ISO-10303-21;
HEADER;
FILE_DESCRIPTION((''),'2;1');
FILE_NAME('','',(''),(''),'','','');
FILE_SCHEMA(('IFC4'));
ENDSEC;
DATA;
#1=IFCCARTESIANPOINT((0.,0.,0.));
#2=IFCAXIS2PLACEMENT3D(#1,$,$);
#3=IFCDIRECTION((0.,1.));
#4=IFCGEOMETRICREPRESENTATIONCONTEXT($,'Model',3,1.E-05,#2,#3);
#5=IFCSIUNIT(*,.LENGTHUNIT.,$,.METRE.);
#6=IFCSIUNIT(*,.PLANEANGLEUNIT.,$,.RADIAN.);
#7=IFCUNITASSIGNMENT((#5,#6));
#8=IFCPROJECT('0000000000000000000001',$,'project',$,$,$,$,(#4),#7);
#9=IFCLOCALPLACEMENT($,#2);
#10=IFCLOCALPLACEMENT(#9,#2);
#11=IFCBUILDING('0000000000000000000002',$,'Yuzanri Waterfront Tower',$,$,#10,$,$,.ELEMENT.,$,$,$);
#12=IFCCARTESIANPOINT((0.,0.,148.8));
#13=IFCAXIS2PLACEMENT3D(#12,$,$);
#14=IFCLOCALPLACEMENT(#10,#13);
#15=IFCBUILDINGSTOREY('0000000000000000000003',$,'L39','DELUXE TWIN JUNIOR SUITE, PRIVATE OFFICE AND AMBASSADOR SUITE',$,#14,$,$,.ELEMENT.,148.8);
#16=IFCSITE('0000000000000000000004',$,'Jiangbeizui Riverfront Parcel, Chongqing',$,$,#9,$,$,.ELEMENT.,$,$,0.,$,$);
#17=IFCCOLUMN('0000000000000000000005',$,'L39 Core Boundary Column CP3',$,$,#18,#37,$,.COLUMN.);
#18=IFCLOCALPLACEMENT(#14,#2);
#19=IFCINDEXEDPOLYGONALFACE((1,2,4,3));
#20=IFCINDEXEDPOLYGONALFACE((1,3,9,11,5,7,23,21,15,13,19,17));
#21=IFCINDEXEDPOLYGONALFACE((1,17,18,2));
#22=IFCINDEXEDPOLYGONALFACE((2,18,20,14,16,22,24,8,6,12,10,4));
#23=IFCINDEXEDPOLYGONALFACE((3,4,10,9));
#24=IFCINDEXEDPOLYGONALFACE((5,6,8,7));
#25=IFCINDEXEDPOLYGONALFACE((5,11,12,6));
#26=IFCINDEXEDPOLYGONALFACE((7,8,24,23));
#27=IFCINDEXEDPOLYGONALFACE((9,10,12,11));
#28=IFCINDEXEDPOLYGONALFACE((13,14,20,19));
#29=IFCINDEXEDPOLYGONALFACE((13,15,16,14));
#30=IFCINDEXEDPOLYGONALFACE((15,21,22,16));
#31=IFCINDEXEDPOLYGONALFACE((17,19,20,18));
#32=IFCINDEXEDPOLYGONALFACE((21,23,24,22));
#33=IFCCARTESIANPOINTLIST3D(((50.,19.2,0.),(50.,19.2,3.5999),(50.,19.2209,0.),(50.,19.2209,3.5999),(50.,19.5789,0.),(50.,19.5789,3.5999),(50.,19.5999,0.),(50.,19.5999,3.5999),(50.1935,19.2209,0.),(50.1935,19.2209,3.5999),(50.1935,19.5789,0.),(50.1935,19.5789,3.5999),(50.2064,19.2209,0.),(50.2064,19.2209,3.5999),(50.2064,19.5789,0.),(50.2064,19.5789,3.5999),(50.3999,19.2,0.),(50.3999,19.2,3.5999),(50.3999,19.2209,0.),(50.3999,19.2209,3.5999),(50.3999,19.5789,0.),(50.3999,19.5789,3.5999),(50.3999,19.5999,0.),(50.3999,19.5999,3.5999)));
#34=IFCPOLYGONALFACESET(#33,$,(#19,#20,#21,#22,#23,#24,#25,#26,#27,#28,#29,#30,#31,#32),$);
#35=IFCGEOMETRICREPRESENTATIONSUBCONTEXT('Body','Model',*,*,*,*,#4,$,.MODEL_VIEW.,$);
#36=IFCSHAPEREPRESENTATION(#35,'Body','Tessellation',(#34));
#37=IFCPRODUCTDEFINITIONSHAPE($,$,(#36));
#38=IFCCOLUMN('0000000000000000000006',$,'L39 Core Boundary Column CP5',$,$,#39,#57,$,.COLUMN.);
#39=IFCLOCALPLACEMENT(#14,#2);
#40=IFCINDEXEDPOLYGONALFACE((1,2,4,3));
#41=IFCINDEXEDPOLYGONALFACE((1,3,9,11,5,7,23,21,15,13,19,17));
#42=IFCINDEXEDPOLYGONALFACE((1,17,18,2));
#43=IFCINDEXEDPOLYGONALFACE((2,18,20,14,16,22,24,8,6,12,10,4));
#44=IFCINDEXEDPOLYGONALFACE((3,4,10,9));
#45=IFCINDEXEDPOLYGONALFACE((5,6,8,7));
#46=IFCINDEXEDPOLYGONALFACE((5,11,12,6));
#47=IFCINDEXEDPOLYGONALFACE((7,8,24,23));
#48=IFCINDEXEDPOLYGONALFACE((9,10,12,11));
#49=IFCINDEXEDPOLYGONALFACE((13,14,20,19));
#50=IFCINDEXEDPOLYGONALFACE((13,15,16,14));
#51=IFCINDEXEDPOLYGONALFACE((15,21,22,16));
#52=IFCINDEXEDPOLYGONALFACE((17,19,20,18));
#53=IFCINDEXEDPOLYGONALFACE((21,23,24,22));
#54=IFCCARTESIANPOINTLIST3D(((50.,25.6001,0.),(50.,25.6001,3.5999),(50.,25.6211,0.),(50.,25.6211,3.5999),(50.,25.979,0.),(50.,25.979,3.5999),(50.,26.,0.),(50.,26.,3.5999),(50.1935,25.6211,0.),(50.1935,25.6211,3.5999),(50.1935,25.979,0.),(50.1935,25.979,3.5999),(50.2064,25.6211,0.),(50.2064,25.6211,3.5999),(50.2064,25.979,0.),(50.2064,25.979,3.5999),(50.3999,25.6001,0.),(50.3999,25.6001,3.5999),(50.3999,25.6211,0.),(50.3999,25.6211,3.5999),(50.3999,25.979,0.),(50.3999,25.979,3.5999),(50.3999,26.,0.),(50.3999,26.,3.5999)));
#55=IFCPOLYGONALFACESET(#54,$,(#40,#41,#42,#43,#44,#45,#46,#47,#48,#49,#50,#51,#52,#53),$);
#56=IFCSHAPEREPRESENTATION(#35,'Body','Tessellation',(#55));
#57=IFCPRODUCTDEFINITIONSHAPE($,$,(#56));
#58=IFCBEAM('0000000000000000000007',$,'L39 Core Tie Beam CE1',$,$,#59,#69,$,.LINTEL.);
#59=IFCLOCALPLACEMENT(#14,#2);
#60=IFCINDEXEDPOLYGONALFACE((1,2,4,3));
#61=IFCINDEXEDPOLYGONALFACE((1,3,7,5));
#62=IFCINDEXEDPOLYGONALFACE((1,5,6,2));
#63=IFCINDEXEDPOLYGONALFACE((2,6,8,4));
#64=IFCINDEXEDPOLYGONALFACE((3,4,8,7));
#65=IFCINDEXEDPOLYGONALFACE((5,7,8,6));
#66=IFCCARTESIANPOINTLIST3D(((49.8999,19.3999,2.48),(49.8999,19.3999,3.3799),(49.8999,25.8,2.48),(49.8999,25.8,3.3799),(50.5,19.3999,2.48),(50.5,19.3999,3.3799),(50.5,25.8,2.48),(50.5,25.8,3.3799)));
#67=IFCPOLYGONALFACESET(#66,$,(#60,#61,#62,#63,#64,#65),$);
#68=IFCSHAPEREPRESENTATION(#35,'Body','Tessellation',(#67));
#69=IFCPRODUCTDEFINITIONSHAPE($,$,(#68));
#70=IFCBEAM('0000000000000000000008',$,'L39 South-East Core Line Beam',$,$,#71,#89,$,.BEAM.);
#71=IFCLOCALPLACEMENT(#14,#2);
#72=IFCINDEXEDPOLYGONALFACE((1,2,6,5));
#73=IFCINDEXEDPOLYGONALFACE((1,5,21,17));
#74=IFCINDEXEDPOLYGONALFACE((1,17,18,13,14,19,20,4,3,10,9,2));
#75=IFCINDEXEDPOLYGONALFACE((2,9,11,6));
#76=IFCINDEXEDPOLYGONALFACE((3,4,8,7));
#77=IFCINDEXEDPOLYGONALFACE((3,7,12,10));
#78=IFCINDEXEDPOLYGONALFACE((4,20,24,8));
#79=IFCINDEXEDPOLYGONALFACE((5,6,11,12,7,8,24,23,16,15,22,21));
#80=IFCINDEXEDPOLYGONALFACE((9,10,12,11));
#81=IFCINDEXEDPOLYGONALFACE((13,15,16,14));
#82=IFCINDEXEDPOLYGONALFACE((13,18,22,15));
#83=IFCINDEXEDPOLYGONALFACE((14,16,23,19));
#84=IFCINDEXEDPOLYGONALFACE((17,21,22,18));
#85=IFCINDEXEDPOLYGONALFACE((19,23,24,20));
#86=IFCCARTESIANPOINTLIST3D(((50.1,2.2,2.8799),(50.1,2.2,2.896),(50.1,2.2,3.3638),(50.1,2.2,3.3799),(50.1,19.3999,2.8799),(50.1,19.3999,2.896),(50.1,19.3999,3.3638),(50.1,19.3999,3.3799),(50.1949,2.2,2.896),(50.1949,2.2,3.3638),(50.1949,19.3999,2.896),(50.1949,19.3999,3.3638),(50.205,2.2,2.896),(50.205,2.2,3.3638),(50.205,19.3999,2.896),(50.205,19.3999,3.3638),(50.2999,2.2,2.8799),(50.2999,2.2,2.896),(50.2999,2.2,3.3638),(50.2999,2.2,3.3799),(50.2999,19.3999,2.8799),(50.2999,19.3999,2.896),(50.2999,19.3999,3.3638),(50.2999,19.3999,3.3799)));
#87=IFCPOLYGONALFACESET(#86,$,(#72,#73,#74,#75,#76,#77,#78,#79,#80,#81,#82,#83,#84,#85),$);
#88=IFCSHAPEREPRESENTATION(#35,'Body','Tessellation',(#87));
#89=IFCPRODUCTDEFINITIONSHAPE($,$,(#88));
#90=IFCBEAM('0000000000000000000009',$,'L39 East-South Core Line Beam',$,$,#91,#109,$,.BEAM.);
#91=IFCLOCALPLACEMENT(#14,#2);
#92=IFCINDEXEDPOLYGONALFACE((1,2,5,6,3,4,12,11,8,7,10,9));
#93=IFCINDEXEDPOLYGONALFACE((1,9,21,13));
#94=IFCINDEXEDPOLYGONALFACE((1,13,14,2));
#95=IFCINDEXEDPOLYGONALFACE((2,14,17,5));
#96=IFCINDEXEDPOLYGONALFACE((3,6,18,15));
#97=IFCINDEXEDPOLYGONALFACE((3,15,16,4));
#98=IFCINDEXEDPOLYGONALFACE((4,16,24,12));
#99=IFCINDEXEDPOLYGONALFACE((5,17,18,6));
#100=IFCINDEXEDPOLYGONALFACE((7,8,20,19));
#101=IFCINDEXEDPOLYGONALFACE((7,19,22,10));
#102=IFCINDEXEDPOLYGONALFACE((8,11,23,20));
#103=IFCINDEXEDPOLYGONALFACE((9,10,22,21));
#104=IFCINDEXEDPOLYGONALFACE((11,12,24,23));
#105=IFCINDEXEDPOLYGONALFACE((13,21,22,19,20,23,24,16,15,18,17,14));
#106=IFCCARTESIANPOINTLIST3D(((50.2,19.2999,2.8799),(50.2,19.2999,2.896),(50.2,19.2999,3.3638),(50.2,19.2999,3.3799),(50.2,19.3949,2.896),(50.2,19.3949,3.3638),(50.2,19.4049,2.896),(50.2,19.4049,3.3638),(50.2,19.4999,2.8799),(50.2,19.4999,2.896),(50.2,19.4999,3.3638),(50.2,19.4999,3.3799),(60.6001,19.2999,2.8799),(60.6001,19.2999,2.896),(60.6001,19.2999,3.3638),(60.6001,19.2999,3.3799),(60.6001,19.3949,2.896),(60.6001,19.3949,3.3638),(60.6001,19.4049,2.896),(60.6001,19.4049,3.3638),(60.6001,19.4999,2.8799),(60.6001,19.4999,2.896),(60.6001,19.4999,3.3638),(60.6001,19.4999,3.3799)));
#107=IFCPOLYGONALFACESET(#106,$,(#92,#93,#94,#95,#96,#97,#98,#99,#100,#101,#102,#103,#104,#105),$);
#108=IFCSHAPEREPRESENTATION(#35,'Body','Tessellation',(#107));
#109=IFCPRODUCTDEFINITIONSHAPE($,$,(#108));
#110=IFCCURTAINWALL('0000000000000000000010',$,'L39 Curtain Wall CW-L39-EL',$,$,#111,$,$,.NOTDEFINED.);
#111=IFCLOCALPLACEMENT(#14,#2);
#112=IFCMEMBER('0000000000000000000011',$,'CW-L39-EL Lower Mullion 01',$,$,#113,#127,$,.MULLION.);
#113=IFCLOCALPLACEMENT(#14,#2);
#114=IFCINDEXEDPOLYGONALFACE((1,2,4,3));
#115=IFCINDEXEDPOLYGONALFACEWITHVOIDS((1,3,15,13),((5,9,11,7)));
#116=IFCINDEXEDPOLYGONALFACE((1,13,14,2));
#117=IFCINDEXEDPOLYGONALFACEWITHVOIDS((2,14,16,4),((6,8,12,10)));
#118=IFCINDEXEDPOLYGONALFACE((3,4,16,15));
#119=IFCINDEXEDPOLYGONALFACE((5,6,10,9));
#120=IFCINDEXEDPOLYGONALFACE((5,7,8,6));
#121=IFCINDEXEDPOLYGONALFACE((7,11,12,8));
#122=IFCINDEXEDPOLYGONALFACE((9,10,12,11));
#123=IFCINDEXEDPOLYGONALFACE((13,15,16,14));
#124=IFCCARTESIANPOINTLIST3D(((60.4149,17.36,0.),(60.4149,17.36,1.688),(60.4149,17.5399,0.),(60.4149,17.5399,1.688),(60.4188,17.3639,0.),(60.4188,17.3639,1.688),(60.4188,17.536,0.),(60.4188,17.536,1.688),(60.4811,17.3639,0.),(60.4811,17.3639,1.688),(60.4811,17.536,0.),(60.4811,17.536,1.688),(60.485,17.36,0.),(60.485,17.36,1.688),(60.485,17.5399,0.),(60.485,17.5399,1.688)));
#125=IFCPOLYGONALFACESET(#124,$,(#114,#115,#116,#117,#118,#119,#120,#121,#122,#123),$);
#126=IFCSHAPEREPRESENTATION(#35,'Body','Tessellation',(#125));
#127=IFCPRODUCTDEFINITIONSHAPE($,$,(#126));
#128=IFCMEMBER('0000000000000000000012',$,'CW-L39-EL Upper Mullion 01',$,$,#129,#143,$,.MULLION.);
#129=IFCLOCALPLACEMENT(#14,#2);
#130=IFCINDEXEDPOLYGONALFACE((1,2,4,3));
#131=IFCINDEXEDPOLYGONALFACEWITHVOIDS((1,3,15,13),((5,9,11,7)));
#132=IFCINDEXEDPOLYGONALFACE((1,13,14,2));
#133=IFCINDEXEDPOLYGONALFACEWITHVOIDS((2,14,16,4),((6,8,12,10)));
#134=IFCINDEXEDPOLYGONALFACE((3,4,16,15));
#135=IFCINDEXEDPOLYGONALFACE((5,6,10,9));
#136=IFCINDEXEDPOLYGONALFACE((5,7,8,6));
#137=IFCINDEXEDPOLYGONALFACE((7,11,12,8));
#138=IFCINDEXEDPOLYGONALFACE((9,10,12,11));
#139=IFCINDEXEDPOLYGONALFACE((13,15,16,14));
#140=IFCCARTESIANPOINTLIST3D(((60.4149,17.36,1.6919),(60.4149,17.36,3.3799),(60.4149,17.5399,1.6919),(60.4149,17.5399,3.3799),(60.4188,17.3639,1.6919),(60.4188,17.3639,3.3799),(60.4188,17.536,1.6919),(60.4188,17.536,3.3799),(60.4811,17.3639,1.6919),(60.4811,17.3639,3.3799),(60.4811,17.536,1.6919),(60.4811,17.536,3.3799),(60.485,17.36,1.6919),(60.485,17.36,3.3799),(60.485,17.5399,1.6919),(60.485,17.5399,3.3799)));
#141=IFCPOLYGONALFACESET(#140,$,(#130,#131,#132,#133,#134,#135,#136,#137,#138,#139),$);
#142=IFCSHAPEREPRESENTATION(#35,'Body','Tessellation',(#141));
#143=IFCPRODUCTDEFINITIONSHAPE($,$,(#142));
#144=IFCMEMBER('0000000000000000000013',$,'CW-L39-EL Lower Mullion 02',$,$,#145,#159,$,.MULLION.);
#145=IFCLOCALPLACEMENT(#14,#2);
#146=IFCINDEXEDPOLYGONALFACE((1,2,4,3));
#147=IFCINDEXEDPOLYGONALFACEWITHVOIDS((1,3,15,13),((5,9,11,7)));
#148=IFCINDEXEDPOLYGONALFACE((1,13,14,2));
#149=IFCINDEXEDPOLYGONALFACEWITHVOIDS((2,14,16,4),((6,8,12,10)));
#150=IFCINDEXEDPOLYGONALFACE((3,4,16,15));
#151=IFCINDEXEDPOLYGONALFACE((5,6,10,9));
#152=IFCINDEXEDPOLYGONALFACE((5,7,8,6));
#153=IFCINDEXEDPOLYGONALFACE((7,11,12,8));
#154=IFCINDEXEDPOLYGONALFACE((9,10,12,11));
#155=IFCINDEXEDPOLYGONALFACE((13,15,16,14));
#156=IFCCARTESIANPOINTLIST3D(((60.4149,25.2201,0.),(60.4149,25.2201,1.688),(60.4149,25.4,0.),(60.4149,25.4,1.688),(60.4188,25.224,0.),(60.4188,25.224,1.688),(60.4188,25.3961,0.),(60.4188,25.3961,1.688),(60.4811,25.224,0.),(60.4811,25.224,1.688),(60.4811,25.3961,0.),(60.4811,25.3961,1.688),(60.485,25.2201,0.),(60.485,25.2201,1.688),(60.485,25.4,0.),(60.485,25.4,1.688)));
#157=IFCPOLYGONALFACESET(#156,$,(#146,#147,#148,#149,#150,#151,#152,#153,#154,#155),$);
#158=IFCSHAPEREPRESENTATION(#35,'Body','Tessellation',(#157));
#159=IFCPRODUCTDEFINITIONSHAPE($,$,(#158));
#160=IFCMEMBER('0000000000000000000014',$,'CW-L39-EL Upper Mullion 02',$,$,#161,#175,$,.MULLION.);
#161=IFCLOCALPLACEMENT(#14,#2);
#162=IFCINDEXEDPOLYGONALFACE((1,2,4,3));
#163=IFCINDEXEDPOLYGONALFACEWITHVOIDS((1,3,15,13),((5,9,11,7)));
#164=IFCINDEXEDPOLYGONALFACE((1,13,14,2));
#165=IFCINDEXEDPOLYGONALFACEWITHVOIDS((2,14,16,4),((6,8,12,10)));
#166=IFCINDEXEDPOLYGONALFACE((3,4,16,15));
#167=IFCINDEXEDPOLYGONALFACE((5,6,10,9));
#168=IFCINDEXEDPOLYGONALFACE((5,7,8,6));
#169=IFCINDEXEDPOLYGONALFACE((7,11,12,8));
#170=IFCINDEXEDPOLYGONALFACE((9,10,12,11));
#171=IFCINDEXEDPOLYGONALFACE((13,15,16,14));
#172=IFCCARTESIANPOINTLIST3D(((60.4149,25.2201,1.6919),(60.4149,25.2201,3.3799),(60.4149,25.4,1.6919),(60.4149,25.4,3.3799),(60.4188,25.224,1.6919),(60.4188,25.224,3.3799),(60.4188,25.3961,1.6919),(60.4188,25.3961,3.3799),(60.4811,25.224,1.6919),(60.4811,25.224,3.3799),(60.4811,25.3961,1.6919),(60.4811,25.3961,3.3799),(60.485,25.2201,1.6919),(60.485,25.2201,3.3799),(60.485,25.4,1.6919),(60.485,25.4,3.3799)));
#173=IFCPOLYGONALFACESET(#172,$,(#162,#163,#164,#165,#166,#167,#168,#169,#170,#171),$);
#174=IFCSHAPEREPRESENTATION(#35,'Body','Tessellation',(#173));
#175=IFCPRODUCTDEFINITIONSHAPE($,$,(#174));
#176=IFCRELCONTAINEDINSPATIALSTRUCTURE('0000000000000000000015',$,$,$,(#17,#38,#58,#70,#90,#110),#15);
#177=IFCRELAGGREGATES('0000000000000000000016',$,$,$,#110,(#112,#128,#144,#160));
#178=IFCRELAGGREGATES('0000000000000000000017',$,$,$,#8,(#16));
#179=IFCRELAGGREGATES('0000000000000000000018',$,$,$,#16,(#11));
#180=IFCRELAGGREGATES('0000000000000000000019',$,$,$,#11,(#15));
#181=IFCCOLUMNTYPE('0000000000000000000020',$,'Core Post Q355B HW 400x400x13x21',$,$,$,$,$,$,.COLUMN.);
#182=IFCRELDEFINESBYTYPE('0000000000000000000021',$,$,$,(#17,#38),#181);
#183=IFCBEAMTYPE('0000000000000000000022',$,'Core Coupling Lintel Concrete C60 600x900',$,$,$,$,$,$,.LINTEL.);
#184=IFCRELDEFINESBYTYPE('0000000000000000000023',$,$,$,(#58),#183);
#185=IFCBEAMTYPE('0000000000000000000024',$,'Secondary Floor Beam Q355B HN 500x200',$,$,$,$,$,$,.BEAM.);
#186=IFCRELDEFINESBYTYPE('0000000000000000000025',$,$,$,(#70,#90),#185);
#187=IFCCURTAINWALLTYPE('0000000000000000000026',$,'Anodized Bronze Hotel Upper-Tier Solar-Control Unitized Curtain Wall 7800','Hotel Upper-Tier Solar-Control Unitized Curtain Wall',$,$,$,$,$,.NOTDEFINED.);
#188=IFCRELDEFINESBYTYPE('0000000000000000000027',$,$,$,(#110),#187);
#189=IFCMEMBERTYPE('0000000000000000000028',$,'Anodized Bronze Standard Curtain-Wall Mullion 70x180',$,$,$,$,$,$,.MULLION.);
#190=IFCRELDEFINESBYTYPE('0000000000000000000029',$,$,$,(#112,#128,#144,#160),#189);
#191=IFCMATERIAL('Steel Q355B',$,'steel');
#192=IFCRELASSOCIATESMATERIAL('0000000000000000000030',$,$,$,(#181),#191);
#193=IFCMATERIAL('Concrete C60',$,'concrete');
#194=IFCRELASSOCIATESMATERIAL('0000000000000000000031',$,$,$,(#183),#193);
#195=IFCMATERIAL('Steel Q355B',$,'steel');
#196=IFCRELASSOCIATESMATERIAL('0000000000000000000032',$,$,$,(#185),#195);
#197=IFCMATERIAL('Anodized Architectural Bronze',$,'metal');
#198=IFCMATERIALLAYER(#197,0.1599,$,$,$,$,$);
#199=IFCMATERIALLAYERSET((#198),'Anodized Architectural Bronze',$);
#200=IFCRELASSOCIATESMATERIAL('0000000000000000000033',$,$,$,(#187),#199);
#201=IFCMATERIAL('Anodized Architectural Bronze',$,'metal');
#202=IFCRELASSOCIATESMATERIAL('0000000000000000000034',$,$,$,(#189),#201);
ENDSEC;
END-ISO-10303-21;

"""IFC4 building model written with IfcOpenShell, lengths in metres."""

from ifc_helpers import new_model, si_unit, direction, frame, origin, origin_2d, place, context, subcontext, project, spatial, rectangle, hollow_rectangle, i_section, extrude, source, transform, mapped, material, layer, layer_set, material_profile, profile_set, type_object, element, aggregate, save


model = new_model("IFC4")

# Units and contexts
model_context = context("Model", 3, precision=1e-05, world=origin(), true_north=direction((0.0, 1.0)))
body_context = subcontext(model_context, "Body", "Model", "MODEL_VIEW")
ifc_project = project(units=[si_unit("LENGTHUNIT", "METRE"), si_unit("PLANEANGLEUNIT", "RADIAN")], contexts=[model_context])

# Site, building, storey
site_placement = place(None, origin())
site = spatial("IfcSite", under=ifc_project, at=site_placement, Name="Jiangbeizui Riverfront Parcel, Chongqing", CompositionType="ELEMENT", RefElevation=0.0)
building_placement = place(site_placement, origin())
building = spatial("IfcBuilding", under=site, at=building_placement, Name="Yuzanri Waterfront Tower", CompositionType="ELEMENT")
storey_placement = place(building_placement, frame((0.0, 0.0, 148.8)))
storey = spatial("IfcBuildingStorey", under=building, at=storey_placement, Name="L39", Description="DELUXE TWIN JUNIOR SUITE, PRIVATE OFFICE AND AMBASSADOR SUITE", CompositionType="ELEMENT", Elevation=148.8)

# Columns
ifc_material_1 = material(Name="Steel Q355B", Category="steel")
ifc_material_profile_1 = material_profile(ifc_material_1, i_section(OverallWidth=0.3999, OverallDepth=0.3999, WebThickness=0.0129, FlangeThickness=0.021, at=origin_2d()), Name="HW 400x400x13x21")
ifc_profile_set_1 = profile_set([ifc_material_profile_1], Name="Steel Q355B")
column_type = type_object("IfcColumnType", Name="Core Post Q355B HW 400x400x13x21", PredefinedType="COLUMN", material=ifc_profile_set_1)
shared_shape_1 = source(origin(), body_context, "Body", "SweptSolid", [
    extrude(i_section(OverallWidth=0.3999, OverallDepth=0.3999, WebThickness=0.0129, FlangeThickness=0.021, at=origin_2d()), origin(), (0.0, 0.0, 1.0), 3.5999),
])
for number, where, z_axis, x_axis, name in (
    (1, (50.2, 19.3999, 0.0), (0.0, 0.0, 1.0), (1.0, 0.0, 0.0), "L39 Core Boundary Column CP3"),
    (2, (50.2, 25.8, 0.0), (0.0, 0.0, 1.0), (1.0, 0.0, 0.0), "L39 Core Boundary Column CP5"),
):
    element("IfcColumn", number, at=place(storey_placement, frame(where, z_axis=z_axis, x_axis=x_axis)), inside=storey, type_object=column_type, Name=name, PredefinedType="COLUMN", context=body_context, shape_type="MappedRepresentation", body=[
        mapped(shared_shape_1, transform((0.0, 0.0, 0.0), scale=1.0)),
    ])

# Beams
ifc_material_2 = material(Name="Concrete C60", Category="concrete")
ifc_material_profile_2 = material_profile(ifc_material_2, rectangle(XDim=0.6001, YDim=0.8999, at=origin_2d()), Name="RC 600x900")
ifc_profile_set_2 = profile_set([ifc_material_profile_2], Name="Concrete C60")
beam_type_1 = type_object("IfcBeamType", Name="Core Coupling Lintel Concrete C60 600x900", PredefinedType="LINTEL", material=ifc_profile_set_2)
shared_shape_2 = source(origin(), body_context, "Body", "SweptSolid", [
    extrude(rectangle(XDim=0.6001, YDim=0.8999, at=origin_2d()), origin(), (0.0, 0.0, 1.0), 6.4001),
])
beam_1_placement = place(storey_placement, frame((50.2, 19.3999, 2.9299), z_axis=(0.0, 1.0, 0.0), x_axis=(-1.0, 0.0, 0.0)))
element("IfcBeam", 3, at=beam_1_placement, inside=storey, type_object=beam_type_1, Name="L39 Core Tie Beam CE1", PredefinedType="LINTEL", context=body_context, shape_type="MappedRepresentation", body=[
    mapped(shared_shape_2, transform((0.0, 0.0, 0.0), scale=1.0)),
])
ifc_material_3 = material(Name="Steel Q355B", Category="steel")
ifc_material_profile_3 = material_profile(ifc_material_3, i_section(OverallWidth=0.2, OverallDepth=0.5, WebThickness=0.01, FlangeThickness=0.0161, at=origin_2d()), Name="HN 500x200x10x16")
ifc_profile_set_3 = profile_set([ifc_material_profile_3], Name="Steel Q355B")
beam_type_2 = type_object("IfcBeamType", Name="Secondary Floor Beam Q355B HN 500x200", PredefinedType="BEAM", material=ifc_profile_set_3)
shared_shape_3 = source(origin(), body_context, "Body", "SweptSolid", [
    extrude(i_section(OverallWidth=0.2, OverallDepth=0.5, WebThickness=0.01, FlangeThickness=0.0161, at=origin_2d()), origin(), (0.0, 0.0, 1.0), 17.2),
])
beam_2_placement = place(storey_placement, frame((50.2, 19.3999, 3.1299), z_axis=(0.0, -1.0, 0.0), x_axis=(1.0, 0.0, 0.0)))
element("IfcBeam", 4, at=beam_2_placement, inside=storey, type_object=beam_type_2, Name="L39 South-East Core Line Beam", PredefinedType="BEAM", context=body_context, shape_type="MappedRepresentation", body=[
    mapped(shared_shape_3, transform((0.0, 0.0, 0.0), scale=1.0)),
])
shared_shape_4 = source(origin(), body_context, "Body", "SweptSolid", [
    extrude(i_section(OverallWidth=0.2, OverallDepth=0.5, WebThickness=0.01, FlangeThickness=0.0161, at=origin_2d()), origin(), (0.0, 0.0, 1.0), 10.4001),
])
beam_3_placement = place(storey_placement, frame((50.2, 19.3999, 3.1299), z_axis=(1.0, 0.0, 0.0), x_axis=(0.0, 1.0, 0.0)))
element("IfcBeam", 5, at=beam_3_placement, inside=storey, type_object=beam_type_2, Name="L39 East-South Core Line Beam", PredefinedType="BEAM", context=body_context, shape_type="MappedRepresentation", body=[
    mapped(shared_shape_4, transform((0.0, 0.0, 0.0), scale=1.0)),
])

# Curtain wall, members
ifc_material_4 = material(Name="Anodized Architectural Bronze", Category="metal")
ifc_layer_1 = layer(ifc_material_4, 0.1599)
ifc_layer_set_1 = layer_set([ifc_layer_1], Name="Anodized Architectural Bronze")
curtain_wall_type = type_object("IfcCurtainWallType", Name="Anodized Bronze Hotel Upper-Tier Solar-Control Unitized Curtain Wall 7800", Description="Hotel Upper-Tier Solar-Control Unitized Curtain Wall", PredefinedType="NOTDEFINED", material=ifc_layer_set_1)
curtain_wall_placement = place(storey_placement, origin())
curtain_wall = element("IfcCurtainWall", 6, at=curtain_wall_placement, inside=storey, type_object=curtain_wall_type, Name="L39 Curtain Wall CW-L39-EL", PredefinedType="NOTDEFINED")
ifc_material_5 = material(Name="Anodized Architectural Bronze", Category="metal")
ifc_material_profile_4 = material_profile(ifc_material_5, hollow_rectangle(XDim=0.0701, YDim=0.1799, WallThickness=0.0039, at=origin_2d()), Name="CWM 70x180")
ifc_profile_set_4 = profile_set([ifc_material_profile_4], Name="Anodized Architectural Bronze")
member_type = type_object("IfcMemberType", Name="Anodized Bronze Standard Curtain-Wall Mullion 70x180", PredefinedType="MULLION", material=ifc_profile_set_4)
shared_shape_5 = source(origin(), body_context, "Body", "SweptSolid", [
    extrude(hollow_rectangle(XDim=0.0701, YDim=0.1799, WallThickness=0.0039, at=origin_2d()), origin(), (0.0, 0.0, 1.0), 1.688),
])
member_1_placement = place(storey_placement, frame((60.45, 17.45, 0.0), z_axis=(0.0, 0.0, 1.0), x_axis=(1.0, 0.0, 0.0)))
member_1 = element("IfcMember", 7, at=member_1_placement, type_object=member_type, Name="CW-L39-EL Lower Mullion 01", PredefinedType="MULLION", context=body_context, shape_type="MappedRepresentation", body=[
    mapped(shared_shape_5, transform((0.0, 0.0, 0.0), scale=1.0)),
])
member_2_placement = place(storey_placement, frame((60.45, 17.45, 1.6919), z_axis=(0.0, 0.0, 1.0), x_axis=(1.0, 0.0, 0.0)))
member_2 = element("IfcMember", 8, at=member_2_placement, type_object=member_type, Name="CW-L39-EL Upper Mullion 01", PredefinedType="MULLION", context=body_context, shape_type="MappedRepresentation", body=[
    mapped(shared_shape_5, transform((0.0, 0.0, 0.0), scale=1.0)),
])
member_3_placement = place(storey_placement, frame((60.45, 25.3101, 0.0), z_axis=(0.0, 0.0, 1.0), x_axis=(1.0, 0.0, 0.0)))
member_3 = element("IfcMember", 9, at=member_3_placement, type_object=member_type, Name="CW-L39-EL Lower Mullion 02", PredefinedType="MULLION", context=body_context, shape_type="MappedRepresentation", body=[
    mapped(shared_shape_5, transform((0.0, 0.0, 0.0), scale=1.0)),
])
member_4_placement = place(storey_placement, frame((60.45, 25.3101, 1.6919), z_axis=(0.0, 0.0, 1.0), x_axis=(1.0, 0.0, 0.0)))
member_4 = element("IfcMember", 10, at=member_4_placement, type_object=member_type, Name="CW-L39-EL Upper Mullion 02", PredefinedType="MULLION", context=body_context, shape_type="MappedRepresentation", body=[
    mapped(shared_shape_5, transform((0.0, 0.0, 0.0), scale=1.0)),
])
aggregate(curtain_wall, [member_1, member_2, member_3, member_4])

save(model, "model.ifc")
